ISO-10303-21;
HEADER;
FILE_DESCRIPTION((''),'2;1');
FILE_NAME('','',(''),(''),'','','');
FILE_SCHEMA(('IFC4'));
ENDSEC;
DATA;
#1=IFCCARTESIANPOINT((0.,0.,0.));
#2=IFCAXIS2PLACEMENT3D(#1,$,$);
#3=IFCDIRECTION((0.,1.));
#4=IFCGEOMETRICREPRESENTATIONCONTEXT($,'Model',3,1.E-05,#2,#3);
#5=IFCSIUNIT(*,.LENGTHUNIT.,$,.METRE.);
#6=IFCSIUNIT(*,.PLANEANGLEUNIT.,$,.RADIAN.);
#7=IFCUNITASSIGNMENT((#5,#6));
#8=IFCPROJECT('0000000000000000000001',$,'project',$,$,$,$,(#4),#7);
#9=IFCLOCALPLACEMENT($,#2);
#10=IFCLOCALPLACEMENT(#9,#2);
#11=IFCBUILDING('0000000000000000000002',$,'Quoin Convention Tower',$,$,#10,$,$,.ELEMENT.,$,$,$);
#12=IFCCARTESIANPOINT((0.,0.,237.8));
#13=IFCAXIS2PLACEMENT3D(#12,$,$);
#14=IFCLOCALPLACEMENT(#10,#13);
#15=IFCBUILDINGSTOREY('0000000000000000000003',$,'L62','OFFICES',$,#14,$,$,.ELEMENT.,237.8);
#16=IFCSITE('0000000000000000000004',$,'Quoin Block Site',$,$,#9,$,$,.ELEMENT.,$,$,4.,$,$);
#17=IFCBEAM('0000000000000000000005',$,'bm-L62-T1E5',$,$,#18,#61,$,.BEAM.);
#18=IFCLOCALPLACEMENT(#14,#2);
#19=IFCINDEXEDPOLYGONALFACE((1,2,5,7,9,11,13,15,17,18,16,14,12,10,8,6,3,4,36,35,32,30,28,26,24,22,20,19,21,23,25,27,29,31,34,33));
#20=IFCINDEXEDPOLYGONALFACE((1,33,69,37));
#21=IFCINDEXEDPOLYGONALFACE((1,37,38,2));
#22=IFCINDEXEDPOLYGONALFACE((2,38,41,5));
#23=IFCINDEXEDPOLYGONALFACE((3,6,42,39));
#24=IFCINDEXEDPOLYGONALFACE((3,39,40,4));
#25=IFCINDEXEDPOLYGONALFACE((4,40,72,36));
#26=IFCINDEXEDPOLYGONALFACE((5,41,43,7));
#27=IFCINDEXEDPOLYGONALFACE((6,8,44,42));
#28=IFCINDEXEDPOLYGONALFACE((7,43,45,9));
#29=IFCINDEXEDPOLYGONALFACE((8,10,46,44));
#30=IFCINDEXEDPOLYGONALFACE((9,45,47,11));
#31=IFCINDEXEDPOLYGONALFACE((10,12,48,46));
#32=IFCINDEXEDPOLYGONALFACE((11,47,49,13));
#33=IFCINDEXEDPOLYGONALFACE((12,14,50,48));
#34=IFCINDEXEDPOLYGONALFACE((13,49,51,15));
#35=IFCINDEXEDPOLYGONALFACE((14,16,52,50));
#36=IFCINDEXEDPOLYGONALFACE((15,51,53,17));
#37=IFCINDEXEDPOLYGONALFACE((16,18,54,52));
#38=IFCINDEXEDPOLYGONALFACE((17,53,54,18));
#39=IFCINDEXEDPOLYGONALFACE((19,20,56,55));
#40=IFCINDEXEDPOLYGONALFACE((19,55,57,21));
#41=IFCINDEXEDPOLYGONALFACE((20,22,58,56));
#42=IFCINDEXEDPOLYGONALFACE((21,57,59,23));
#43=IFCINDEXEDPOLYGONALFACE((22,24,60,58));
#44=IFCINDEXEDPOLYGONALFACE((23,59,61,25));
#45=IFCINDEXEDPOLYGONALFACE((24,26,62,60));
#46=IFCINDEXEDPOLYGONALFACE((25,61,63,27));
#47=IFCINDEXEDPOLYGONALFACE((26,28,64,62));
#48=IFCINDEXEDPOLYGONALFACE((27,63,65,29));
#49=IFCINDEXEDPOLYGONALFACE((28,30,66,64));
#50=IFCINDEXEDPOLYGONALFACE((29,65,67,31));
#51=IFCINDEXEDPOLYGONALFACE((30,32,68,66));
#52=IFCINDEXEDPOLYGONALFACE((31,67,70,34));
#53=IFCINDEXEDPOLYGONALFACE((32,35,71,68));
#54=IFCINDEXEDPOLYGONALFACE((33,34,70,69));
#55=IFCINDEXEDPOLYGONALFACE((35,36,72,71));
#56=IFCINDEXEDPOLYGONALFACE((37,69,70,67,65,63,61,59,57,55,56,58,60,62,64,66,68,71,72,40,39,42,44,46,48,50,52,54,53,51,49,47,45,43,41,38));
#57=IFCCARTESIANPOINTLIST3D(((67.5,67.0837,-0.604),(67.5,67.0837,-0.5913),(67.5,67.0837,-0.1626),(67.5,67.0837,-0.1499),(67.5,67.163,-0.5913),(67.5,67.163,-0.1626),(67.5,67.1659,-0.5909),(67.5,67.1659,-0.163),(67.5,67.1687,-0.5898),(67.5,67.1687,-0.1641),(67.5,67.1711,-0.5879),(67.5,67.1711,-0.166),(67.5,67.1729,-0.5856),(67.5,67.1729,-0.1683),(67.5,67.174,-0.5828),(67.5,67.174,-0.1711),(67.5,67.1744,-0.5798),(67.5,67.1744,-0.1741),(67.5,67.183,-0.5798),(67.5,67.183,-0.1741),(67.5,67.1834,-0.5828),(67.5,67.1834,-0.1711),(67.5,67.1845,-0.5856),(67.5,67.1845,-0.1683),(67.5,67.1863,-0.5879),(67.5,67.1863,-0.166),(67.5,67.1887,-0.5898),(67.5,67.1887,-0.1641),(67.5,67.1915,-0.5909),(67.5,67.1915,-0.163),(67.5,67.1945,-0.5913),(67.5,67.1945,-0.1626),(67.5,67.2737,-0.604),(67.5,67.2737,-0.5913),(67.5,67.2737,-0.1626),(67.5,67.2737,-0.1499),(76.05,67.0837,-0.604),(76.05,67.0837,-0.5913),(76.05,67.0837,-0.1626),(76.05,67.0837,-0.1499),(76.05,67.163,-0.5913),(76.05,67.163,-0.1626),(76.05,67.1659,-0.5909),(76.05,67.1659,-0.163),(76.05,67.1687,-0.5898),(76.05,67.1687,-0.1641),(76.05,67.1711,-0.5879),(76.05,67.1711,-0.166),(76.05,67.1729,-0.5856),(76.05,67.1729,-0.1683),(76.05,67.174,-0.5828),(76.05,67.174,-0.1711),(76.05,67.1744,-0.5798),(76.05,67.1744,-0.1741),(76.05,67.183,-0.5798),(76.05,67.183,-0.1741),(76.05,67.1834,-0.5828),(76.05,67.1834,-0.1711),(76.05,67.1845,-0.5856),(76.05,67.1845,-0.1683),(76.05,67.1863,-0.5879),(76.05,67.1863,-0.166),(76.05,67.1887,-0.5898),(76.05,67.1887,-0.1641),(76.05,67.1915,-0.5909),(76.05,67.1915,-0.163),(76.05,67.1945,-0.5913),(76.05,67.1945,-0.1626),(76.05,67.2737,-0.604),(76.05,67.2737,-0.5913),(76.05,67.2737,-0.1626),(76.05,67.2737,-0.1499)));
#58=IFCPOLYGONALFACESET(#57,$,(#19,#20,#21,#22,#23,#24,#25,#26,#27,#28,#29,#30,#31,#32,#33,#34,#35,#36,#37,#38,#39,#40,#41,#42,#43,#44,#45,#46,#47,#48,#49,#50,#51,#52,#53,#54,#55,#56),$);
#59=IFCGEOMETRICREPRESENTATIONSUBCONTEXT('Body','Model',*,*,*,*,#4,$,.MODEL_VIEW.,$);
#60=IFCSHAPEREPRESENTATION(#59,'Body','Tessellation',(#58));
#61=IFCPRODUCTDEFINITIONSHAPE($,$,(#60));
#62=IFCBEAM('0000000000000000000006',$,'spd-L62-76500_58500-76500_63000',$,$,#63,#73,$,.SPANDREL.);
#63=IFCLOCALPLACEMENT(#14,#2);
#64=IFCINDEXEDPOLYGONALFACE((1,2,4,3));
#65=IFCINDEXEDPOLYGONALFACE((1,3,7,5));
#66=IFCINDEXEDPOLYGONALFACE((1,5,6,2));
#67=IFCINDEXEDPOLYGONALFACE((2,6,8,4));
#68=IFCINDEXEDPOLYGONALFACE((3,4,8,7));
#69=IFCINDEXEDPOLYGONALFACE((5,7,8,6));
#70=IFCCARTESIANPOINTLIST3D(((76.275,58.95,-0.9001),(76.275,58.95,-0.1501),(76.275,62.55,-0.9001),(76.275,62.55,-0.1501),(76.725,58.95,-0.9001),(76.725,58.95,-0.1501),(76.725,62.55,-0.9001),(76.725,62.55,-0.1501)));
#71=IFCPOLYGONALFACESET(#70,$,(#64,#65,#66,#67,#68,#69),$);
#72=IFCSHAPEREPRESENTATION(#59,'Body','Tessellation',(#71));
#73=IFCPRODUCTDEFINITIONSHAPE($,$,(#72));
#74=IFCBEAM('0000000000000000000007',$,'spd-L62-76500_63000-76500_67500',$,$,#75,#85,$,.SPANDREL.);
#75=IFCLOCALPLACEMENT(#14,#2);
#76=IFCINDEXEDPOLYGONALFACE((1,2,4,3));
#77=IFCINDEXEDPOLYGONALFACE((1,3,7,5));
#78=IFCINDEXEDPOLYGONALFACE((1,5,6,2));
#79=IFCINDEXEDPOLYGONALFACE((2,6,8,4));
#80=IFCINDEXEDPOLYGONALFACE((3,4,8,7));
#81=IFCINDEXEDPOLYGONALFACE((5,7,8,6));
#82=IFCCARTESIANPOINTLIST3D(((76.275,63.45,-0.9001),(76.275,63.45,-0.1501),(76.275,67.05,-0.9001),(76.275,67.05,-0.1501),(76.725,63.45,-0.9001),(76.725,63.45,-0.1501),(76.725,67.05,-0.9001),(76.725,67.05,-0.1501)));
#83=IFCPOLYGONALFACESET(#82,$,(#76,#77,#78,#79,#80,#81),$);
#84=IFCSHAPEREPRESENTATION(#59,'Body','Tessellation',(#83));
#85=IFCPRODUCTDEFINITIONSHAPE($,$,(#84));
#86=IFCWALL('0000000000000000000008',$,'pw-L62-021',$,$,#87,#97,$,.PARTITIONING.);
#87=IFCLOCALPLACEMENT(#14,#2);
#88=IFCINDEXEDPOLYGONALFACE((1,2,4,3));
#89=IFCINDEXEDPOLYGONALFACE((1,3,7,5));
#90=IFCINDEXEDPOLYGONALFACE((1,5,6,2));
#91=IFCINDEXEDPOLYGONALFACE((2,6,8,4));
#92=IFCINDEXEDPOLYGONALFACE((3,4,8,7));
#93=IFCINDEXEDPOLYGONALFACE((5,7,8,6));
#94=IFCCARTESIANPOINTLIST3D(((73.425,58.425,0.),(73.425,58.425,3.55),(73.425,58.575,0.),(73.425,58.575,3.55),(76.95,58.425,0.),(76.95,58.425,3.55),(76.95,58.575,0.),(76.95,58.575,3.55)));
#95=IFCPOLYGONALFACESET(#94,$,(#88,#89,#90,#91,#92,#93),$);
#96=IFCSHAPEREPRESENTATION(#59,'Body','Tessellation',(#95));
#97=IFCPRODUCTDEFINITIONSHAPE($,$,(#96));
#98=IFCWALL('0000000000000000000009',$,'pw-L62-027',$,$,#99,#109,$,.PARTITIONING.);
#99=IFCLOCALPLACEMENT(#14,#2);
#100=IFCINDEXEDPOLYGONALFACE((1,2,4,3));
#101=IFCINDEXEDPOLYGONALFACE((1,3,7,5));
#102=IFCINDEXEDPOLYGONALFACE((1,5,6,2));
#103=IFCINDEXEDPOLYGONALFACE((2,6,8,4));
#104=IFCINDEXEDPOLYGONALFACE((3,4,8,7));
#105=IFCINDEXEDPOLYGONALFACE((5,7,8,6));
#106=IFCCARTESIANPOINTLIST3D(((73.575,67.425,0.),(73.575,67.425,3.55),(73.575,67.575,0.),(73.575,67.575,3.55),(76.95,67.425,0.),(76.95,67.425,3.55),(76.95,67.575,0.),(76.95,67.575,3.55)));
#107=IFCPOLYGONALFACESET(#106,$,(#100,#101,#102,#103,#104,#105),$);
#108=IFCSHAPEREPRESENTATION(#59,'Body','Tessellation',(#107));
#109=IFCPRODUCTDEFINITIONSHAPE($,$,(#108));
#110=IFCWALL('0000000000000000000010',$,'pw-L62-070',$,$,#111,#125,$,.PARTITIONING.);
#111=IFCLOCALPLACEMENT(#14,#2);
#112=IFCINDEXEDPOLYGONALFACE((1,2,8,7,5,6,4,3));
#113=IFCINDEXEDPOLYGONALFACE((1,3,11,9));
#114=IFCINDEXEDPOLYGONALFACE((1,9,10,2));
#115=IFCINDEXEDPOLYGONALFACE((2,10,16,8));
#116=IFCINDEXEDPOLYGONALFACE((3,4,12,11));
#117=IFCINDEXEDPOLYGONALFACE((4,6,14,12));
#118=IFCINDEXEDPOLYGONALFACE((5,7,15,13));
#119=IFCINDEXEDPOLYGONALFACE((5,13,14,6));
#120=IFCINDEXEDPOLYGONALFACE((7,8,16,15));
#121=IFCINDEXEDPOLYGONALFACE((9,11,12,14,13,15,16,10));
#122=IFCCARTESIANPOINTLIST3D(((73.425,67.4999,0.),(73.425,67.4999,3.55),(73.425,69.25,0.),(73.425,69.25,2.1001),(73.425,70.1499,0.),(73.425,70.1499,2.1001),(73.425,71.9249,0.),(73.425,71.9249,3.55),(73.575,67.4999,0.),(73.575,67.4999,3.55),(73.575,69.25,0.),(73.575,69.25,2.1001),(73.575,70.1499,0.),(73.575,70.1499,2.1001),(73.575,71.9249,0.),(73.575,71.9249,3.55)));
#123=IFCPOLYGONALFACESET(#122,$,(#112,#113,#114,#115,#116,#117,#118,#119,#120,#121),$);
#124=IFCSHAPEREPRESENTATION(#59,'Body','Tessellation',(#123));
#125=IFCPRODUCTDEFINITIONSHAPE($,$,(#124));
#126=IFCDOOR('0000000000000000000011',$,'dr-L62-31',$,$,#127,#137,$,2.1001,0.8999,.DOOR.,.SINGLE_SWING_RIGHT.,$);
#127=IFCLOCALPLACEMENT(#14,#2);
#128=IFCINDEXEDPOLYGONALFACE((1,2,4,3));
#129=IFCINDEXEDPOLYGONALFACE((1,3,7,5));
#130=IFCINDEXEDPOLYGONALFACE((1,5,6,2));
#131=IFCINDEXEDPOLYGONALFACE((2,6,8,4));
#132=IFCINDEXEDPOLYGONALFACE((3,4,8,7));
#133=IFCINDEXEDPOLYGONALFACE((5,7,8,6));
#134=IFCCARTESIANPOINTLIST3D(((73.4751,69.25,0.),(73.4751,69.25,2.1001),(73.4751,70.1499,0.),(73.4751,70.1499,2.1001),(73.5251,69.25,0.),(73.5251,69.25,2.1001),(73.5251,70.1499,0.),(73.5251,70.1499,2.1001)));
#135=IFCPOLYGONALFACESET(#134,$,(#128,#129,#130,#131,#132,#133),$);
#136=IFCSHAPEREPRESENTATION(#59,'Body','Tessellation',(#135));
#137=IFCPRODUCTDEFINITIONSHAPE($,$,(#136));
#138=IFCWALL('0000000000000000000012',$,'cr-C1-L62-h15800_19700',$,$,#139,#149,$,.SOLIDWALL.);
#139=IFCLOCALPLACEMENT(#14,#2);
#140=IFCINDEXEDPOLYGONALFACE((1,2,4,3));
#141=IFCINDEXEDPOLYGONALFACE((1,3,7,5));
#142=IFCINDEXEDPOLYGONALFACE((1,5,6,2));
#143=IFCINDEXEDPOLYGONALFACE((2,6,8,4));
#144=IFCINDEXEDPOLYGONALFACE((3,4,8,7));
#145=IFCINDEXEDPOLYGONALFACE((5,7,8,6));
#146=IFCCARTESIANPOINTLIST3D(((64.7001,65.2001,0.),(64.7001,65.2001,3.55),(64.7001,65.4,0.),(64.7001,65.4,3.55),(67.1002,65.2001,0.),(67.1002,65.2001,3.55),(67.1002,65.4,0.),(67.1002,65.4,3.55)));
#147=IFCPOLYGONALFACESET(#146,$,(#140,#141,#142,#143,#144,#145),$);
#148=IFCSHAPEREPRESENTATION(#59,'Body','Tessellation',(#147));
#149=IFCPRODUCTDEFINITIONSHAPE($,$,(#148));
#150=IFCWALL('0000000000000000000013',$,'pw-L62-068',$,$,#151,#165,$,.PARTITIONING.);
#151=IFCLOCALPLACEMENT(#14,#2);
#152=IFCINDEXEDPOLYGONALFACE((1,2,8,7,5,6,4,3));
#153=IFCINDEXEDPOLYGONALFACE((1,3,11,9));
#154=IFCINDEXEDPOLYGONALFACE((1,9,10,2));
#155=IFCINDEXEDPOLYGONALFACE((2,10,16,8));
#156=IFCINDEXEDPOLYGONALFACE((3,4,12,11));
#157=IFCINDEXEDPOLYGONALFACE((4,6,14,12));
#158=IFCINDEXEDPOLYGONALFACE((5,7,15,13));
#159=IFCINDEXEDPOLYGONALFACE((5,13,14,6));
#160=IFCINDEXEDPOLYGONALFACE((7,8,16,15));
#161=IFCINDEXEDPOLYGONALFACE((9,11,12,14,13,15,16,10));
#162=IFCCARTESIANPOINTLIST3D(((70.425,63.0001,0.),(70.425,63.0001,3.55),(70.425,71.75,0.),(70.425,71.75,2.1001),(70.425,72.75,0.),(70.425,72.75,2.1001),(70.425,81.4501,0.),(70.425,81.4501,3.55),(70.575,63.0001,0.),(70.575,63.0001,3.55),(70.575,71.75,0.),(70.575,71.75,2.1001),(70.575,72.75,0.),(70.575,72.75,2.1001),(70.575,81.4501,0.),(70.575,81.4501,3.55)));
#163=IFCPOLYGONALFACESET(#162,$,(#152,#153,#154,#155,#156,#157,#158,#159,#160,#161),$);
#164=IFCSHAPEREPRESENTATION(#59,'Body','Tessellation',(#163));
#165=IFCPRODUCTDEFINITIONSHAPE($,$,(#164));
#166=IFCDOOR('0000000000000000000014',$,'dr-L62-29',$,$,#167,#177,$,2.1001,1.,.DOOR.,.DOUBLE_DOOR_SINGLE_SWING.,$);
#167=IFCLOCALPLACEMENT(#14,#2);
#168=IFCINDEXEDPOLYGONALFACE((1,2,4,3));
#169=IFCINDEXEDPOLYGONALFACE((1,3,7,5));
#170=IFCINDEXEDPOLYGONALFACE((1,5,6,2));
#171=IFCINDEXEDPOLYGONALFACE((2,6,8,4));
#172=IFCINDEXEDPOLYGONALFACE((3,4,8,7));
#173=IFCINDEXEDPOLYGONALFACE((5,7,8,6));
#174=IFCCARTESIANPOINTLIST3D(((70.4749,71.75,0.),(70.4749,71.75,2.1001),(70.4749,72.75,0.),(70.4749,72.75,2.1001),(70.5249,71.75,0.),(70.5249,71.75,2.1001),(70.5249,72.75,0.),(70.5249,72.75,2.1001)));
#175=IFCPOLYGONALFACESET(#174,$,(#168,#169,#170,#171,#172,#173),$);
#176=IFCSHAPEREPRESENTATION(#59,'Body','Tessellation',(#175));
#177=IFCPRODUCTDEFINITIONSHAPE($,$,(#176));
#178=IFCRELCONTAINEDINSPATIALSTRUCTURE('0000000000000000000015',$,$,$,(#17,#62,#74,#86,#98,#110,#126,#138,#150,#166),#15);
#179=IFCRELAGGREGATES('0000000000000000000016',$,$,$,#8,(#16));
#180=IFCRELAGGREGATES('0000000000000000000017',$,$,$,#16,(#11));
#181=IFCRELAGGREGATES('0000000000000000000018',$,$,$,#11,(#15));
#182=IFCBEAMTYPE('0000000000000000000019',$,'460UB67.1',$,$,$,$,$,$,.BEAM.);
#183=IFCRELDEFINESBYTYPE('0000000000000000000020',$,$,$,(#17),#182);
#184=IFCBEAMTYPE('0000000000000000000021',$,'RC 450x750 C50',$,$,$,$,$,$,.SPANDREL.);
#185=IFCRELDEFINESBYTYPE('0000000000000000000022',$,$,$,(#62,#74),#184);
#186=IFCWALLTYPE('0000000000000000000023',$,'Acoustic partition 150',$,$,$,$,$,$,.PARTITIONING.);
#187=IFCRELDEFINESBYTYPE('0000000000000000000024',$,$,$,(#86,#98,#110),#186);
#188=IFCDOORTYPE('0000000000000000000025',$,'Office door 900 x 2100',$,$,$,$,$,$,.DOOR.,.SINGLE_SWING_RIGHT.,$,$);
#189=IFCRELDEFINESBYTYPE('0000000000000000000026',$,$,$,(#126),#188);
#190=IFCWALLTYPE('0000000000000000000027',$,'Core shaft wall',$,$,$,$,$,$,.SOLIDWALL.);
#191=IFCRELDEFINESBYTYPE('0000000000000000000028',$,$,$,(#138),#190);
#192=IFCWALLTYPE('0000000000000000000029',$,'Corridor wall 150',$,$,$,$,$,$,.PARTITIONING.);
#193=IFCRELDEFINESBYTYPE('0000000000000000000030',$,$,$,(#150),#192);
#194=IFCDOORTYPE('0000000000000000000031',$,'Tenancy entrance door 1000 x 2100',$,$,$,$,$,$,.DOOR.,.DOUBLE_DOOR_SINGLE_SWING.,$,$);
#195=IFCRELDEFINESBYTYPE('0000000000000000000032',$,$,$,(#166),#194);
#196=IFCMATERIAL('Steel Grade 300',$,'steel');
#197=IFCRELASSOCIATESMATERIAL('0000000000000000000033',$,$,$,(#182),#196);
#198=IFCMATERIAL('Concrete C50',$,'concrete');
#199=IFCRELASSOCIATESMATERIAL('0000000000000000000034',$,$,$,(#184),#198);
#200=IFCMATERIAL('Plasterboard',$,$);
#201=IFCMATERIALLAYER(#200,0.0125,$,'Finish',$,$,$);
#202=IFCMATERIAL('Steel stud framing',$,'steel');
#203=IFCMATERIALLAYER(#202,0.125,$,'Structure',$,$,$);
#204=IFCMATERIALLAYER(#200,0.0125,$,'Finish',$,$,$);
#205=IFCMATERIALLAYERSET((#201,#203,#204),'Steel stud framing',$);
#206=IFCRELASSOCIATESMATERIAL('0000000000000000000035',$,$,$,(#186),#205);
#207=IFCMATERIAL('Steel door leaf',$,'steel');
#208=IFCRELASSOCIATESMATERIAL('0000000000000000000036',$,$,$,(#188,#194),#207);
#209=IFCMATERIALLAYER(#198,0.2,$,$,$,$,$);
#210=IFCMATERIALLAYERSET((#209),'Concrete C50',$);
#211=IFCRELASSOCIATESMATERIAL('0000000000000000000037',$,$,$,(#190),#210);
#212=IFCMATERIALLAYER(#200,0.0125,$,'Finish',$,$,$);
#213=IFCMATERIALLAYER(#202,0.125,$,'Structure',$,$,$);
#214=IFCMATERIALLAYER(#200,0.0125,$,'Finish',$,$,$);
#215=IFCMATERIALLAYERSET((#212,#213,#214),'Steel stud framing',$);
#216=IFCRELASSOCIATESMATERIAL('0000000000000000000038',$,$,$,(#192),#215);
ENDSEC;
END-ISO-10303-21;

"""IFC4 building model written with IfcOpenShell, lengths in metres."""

from ifc_helpers import new_model, si_unit, direction, frame, frame_2d, origin, origin_2d, place, context, subcontext, project, spatial, rectangle, i_section, extrude, material, layer, layer_set, material_profile, profile_set, type_object, element, fill, save


model = new_model("IFC4")

# Units and contexts
model_context = context("Model", 3, precision=1e-05, world=origin(), true_north=direction((0.0, 1.0)))
body_context = subcontext(model_context, "Body", "Model", "MODEL_VIEW")
ifc_project = project(units=[si_unit("LENGTHUNIT", "METRE"), si_unit("PLANEANGLEUNIT", "RADIAN")], contexts=[model_context])

# Site, building, storey
site_placement = place(None, origin())
site = spatial("IfcSite", under=ifc_project, at=site_placement, Name="Quoin Block Site", CompositionType="ELEMENT", RefElevation=4.0)
building_placement = place(site_placement, origin())
building = spatial("IfcBuilding", under=site, at=building_placement, Name="Quoin Convention Tower", CompositionType="ELEMENT")
storey_placement = place(building_placement, frame((0.0, 0.0, 237.8)))
storey = spatial("IfcBuildingStorey", under=building, at=storey_placement, Name="L62", Description="OFFICES", CompositionType="ELEMENT", Elevation=237.8)

# Shared definitions
ifc_material_1 = material(Name="Concrete C50", Category="concrete")

# Beams
ifc_material_2 = material(Name="Steel Grade 300", Category="steel")
ifc_material_profile_1 = material_profile(ifc_material_2, i_section(OverallWidth=0.1899, OverallDepth=0.4541, WebThickness=0.0085, FlangeThickness=0.0127, FilletRadius=0.0115, at=origin_2d()), Name="460UB67.1")
ifc_profile_set_1 = profile_set([ifc_material_profile_1], Name="Steel Grade 300")
beam_type_1 = type_object("IfcBeamType", Name="460UB67.1", PredefinedType="BEAM", material=ifc_profile_set_1)
beam_placement = place(storey_placement, frame((67.5, 67.1787, -0.377), z_axis=(1.0, 0.0, 0.0), x_axis=(0.0, 1.0, 0.0)))
element("IfcBeam", 1, at=beam_placement, inside=storey, type_object=beam_type_1, Name="bm-L62-T1E5", PredefinedType="BEAM", context=body_context, shape_type="SweptSolid", body=[
    extrude(i_section(OverallWidth=0.1899, OverallDepth=0.4541, WebThickness=0.0085, FlangeThickness=0.0127, FilletRadius=0.0115, at=origin_2d()), origin(), (0.0, 0.0, 1.0), 8.55),
])
ifc_material_profile_2 = material_profile(ifc_material_1, rectangle(XDim=0.45, YDim=0.75, at=origin_2d()), Name="RC 450x750")
ifc_profile_set_2 = profile_set([ifc_material_profile_2], Name="Concrete C50")
beam_type_2 = type_object("IfcBeamType", Name="RC 450x750 C50", PredefinedType="SPANDREL", material=ifc_profile_set_2)
for number, where, z_axis, x_axis, name in (
    (2, (76.5, 58.95, -0.5251), (0.0, 1.0, 0.0), (-1.0, 0.0, 0.0), "spd-L62-76500_58500-76500_63000"),
    (3, (76.5, 63.45, -0.5251), (0.0, 1.0, 0.0), (-1.0, 0.0, 0.0), "spd-L62-76500_63000-76500_67500"),
):
    element("IfcBeam", number, at=place(storey_placement, frame(where, z_axis=z_axis, x_axis=x_axis)), inside=storey, type_object=beam_type_2, Name=name, PredefinedType="SPANDREL", context=body_context, shape_type="SweptSolid", body=[
        extrude(rectangle(XDim=0.45, YDim=0.75, at=origin_2d()), origin(), (0.0, 0.0, 1.0), 3.6001),
    ])

# Walls
ifc_material_3 = material(Name="Plasterboard")
ifc_layer_1 = layer(ifc_material_3, 0.0125, Name="Finish")
ifc_material_4 = material(Name="Steel stud framing", Category="steel")
ifc_layer_2 = layer(ifc_material_4, 0.125, Name="Structure")
ifc_layer_3 = layer(ifc_material_3, 0.0125, Name="Finish")
ifc_layer_set_1 = layer_set([ifc_layer_1, ifc_layer_2, ifc_layer_3], Name="Steel stud framing")
wall_type_1 = type_object("IfcWallType", Name="Acoustic partition 150", PredefinedType="PARTITIONING", material=ifc_layer_set_1)
wall_1_placement = place(storey_placement, frame((73.425, 58.5, 0.0), z_axis=(0.0, 0.0, 1.0), x_axis=(1.0, 0.0, 0.0)))
element("IfcWall", 4, at=wall_1_placement, inside=storey, type_object=wall_type_1, Name="pw-L62-021", PredefinedType="PARTITIONING", context=body_context, shape_type="SweptSolid", body=[
    extrude(rectangle(XDim=3.5249, YDim=0.1499, at=frame_2d((1.7625, 0.0))), origin(), (0.0, 0.0, 1.0), 3.55),
])
wall_2_placement = place(storey_placement, frame((73.575, 67.5, 0.0), z_axis=(0.0, 0.0, 1.0), x_axis=(1.0, 0.0, 0.0)))
element("IfcWall", 5, at=wall_2_placement, inside=storey, type_object=wall_type_1, Name="pw-L62-027", PredefinedType="PARTITIONING", context=body_context, shape_type="SweptSolid", body=[
    extrude(rectangle(XDim=3.375, YDim=0.1499, at=frame_2d((1.6875, 0.0))), origin(), (0.0, 0.0, 1.0), 3.55),
])

# Wall, opening, door
wall_3_placement = place(storey_placement, frame((73.5, 67.5, 0.0), z_axis=(0.0, 0.0, 1.0), x_axis=(0.0, 1.0, 0.0)))
wall_3 = element("IfcWall", 6, at=wall_3_placement, inside=storey, type_object=wall_type_1, Name="pw-L62-070", PredefinedType="PARTITIONING", context=body_context, shape_type="SweptSolid", body=[
    extrude(rectangle(XDim=4.425, YDim=0.1499, at=frame_2d((2.2124, 0.0))), origin(), (0.0, 0.0, 1.0), 3.55),
])
opening_1_placement = place(wall_3_placement, frame((1.75, 0.0, 0.0)))
opening_1 = element("IfcOpeningElement", 7, at=opening_1_placement, cuts=wall_3, PredefinedType="OPENING", context=body_context, shape_type="SweptSolid", body=[
    extrude(rectangle(XDim=0.8999, YDim=2.1001, at=frame_2d((0.45, 1.05))), frame((0.0, 0.085, 0.0), z_axis=(0.0, -1.0, 0.0), x_axis=(1.0, 0.0, 0.0)), (0.0, 0.0, 1.0), 0.1699),
])
ifc_material_5 = material(Name="Steel door leaf", Category="steel")
door_type_1 = type_object("IfcDoorType", Name="Office door 900 x 2100", OperationType="SINGLE_SWING_RIGHT", PredefinedType="DOOR", material=ifc_material_5)
door_1_placement = place(opening_1_placement, origin())
door_1 = element("IfcDoor", 8, at=door_1_placement, inside=storey, type_object=door_type_1, Name="dr-L62-31", OperationType="SINGLE_SWING_RIGHT", OverallHeight=2.1001, OverallWidth=0.8999, PredefinedType="DOOR", context=body_context, shape_type="SweptSolid", body=[
    extrude(rectangle(XDim=0.8999, YDim=2.1001, at=frame_2d((0.45, 1.05))), frame((0.0, 0.0249, 0.0), z_axis=(0.0, -1.0, 0.0), x_axis=(1.0, 0.0, 0.0)), (0.0, 0.0, 1.0), 0.05),
])
fill(opening_1, door_1)

# Wall
ifc_layer_4 = layer(ifc_material_1, 0.2)
ifc_layer_set_2 = layer_set([ifc_layer_4], Name="Concrete C50")
wall_type_2 = type_object("IfcWallType", Name="Core shaft wall", PredefinedType="SOLIDWALL", material=ifc_layer_set_2)
wall_4_placement = place(storey_placement, frame((64.7, 65.3, 0.0), z_axis=(0.0, 0.0, 1.0), x_axis=(1.0, 0.0, 0.0)))
element("IfcWall", 9, at=wall_4_placement, inside=storey, type_object=wall_type_2, Name="cr-C1-L62-h15800_19700", PredefinedType="SOLIDWALL", context=body_context, shape_type="SweptSolid", body=[
    extrude(rectangle(XDim=2.4001, YDim=0.2, at=frame_2d((1.2002, 0.0))), origin(), (0.0, 0.0, 1.0), 3.55),
])

# Wall, opening, door
ifc_layer_5 = layer(ifc_material_3, 0.0125, Name="Finish")
ifc_layer_6 = layer(ifc_material_4, 0.125, Name="Structure")
ifc_layer_7 = layer(ifc_material_3, 0.0125, Name="Finish")
ifc_layer_set_3 = layer_set([ifc_layer_5, ifc_layer_6, ifc_layer_7], Name="Steel stud framing")
wall_type_3 = type_object("IfcWallType", Name="Corridor wall 150", PredefinedType="PARTITIONING", material=ifc_layer_set_3)
wall_5_placement = place(storey_placement, frame((70.5, 63.0, 0.0), z_axis=(0.0, 0.0, 1.0), x_axis=(0.0, 1.0, 0.0)))
wall_5 = element("IfcWall", 10, at=wall_5_placement, inside=storey, type_object=wall_type_3, Name="pw-L62-068", PredefinedType="PARTITIONING", context=body_context, shape_type="SweptSolid", body=[
    extrude(rectangle(XDim=18.45, YDim=0.1499, at=frame_2d((9.2251, 0.0))), origin(), (0.0, 0.0, 1.0), 3.55),
])
opening_2_placement = place(wall_5_placement, frame((8.75, 0.0, 0.0)))
opening_2 = element("IfcOpeningElement", 11, at=opening_2_placement, cuts=wall_5, PredefinedType="OPENING", context=body_context, shape_type="SweptSolid", body=[
    extrude(rectangle(XDim=1.0, YDim=2.1001, at=frame_2d((0.5, 1.05))), frame((0.0, 0.085, 0.0), z_axis=(0.0, -1.0, 0.0), x_axis=(1.0, 0.0, 0.0)), (0.0, 0.0, 1.0), 0.1699),
])
door_type_2 = type_object("IfcDoorType", Name="Tenancy entrance door 1000 x 2100", OperationType="DOUBLE_DOOR_SINGLE_SWING", PredefinedType="DOOR", material=ifc_material_5)
door_2_placement = place(opening_2_placement, frame((1.0, 0.0, 0.0), z_axis=(0.0, 0.0, 1.0), x_axis=(-1.0, 0.0, 0.0)))
door_2 = element("IfcDoor", 12, at=door_2_placement, inside=storey, type_object=door_type_2, Name="dr-L62-29", OperationType="DOUBLE_DOOR_SINGLE_SWING", OverallHeight=2.1001, OverallWidth=1.0, PredefinedType="DOOR", context=body_context, shape_type="SweptSolid", body=[
    extrude(rectangle(XDim=1.0, YDim=2.1001, at=frame_2d((0.5, 1.05))), frame((0.0, 0.0249, 0.0), z_axis=(0.0, -1.0, 0.0), x_axis=(1.0, 0.0, 0.0)), (0.0, 0.0, 1.0), 0.05),
])
fill(opening_2, door_2)

save(model, "model.ifc")
